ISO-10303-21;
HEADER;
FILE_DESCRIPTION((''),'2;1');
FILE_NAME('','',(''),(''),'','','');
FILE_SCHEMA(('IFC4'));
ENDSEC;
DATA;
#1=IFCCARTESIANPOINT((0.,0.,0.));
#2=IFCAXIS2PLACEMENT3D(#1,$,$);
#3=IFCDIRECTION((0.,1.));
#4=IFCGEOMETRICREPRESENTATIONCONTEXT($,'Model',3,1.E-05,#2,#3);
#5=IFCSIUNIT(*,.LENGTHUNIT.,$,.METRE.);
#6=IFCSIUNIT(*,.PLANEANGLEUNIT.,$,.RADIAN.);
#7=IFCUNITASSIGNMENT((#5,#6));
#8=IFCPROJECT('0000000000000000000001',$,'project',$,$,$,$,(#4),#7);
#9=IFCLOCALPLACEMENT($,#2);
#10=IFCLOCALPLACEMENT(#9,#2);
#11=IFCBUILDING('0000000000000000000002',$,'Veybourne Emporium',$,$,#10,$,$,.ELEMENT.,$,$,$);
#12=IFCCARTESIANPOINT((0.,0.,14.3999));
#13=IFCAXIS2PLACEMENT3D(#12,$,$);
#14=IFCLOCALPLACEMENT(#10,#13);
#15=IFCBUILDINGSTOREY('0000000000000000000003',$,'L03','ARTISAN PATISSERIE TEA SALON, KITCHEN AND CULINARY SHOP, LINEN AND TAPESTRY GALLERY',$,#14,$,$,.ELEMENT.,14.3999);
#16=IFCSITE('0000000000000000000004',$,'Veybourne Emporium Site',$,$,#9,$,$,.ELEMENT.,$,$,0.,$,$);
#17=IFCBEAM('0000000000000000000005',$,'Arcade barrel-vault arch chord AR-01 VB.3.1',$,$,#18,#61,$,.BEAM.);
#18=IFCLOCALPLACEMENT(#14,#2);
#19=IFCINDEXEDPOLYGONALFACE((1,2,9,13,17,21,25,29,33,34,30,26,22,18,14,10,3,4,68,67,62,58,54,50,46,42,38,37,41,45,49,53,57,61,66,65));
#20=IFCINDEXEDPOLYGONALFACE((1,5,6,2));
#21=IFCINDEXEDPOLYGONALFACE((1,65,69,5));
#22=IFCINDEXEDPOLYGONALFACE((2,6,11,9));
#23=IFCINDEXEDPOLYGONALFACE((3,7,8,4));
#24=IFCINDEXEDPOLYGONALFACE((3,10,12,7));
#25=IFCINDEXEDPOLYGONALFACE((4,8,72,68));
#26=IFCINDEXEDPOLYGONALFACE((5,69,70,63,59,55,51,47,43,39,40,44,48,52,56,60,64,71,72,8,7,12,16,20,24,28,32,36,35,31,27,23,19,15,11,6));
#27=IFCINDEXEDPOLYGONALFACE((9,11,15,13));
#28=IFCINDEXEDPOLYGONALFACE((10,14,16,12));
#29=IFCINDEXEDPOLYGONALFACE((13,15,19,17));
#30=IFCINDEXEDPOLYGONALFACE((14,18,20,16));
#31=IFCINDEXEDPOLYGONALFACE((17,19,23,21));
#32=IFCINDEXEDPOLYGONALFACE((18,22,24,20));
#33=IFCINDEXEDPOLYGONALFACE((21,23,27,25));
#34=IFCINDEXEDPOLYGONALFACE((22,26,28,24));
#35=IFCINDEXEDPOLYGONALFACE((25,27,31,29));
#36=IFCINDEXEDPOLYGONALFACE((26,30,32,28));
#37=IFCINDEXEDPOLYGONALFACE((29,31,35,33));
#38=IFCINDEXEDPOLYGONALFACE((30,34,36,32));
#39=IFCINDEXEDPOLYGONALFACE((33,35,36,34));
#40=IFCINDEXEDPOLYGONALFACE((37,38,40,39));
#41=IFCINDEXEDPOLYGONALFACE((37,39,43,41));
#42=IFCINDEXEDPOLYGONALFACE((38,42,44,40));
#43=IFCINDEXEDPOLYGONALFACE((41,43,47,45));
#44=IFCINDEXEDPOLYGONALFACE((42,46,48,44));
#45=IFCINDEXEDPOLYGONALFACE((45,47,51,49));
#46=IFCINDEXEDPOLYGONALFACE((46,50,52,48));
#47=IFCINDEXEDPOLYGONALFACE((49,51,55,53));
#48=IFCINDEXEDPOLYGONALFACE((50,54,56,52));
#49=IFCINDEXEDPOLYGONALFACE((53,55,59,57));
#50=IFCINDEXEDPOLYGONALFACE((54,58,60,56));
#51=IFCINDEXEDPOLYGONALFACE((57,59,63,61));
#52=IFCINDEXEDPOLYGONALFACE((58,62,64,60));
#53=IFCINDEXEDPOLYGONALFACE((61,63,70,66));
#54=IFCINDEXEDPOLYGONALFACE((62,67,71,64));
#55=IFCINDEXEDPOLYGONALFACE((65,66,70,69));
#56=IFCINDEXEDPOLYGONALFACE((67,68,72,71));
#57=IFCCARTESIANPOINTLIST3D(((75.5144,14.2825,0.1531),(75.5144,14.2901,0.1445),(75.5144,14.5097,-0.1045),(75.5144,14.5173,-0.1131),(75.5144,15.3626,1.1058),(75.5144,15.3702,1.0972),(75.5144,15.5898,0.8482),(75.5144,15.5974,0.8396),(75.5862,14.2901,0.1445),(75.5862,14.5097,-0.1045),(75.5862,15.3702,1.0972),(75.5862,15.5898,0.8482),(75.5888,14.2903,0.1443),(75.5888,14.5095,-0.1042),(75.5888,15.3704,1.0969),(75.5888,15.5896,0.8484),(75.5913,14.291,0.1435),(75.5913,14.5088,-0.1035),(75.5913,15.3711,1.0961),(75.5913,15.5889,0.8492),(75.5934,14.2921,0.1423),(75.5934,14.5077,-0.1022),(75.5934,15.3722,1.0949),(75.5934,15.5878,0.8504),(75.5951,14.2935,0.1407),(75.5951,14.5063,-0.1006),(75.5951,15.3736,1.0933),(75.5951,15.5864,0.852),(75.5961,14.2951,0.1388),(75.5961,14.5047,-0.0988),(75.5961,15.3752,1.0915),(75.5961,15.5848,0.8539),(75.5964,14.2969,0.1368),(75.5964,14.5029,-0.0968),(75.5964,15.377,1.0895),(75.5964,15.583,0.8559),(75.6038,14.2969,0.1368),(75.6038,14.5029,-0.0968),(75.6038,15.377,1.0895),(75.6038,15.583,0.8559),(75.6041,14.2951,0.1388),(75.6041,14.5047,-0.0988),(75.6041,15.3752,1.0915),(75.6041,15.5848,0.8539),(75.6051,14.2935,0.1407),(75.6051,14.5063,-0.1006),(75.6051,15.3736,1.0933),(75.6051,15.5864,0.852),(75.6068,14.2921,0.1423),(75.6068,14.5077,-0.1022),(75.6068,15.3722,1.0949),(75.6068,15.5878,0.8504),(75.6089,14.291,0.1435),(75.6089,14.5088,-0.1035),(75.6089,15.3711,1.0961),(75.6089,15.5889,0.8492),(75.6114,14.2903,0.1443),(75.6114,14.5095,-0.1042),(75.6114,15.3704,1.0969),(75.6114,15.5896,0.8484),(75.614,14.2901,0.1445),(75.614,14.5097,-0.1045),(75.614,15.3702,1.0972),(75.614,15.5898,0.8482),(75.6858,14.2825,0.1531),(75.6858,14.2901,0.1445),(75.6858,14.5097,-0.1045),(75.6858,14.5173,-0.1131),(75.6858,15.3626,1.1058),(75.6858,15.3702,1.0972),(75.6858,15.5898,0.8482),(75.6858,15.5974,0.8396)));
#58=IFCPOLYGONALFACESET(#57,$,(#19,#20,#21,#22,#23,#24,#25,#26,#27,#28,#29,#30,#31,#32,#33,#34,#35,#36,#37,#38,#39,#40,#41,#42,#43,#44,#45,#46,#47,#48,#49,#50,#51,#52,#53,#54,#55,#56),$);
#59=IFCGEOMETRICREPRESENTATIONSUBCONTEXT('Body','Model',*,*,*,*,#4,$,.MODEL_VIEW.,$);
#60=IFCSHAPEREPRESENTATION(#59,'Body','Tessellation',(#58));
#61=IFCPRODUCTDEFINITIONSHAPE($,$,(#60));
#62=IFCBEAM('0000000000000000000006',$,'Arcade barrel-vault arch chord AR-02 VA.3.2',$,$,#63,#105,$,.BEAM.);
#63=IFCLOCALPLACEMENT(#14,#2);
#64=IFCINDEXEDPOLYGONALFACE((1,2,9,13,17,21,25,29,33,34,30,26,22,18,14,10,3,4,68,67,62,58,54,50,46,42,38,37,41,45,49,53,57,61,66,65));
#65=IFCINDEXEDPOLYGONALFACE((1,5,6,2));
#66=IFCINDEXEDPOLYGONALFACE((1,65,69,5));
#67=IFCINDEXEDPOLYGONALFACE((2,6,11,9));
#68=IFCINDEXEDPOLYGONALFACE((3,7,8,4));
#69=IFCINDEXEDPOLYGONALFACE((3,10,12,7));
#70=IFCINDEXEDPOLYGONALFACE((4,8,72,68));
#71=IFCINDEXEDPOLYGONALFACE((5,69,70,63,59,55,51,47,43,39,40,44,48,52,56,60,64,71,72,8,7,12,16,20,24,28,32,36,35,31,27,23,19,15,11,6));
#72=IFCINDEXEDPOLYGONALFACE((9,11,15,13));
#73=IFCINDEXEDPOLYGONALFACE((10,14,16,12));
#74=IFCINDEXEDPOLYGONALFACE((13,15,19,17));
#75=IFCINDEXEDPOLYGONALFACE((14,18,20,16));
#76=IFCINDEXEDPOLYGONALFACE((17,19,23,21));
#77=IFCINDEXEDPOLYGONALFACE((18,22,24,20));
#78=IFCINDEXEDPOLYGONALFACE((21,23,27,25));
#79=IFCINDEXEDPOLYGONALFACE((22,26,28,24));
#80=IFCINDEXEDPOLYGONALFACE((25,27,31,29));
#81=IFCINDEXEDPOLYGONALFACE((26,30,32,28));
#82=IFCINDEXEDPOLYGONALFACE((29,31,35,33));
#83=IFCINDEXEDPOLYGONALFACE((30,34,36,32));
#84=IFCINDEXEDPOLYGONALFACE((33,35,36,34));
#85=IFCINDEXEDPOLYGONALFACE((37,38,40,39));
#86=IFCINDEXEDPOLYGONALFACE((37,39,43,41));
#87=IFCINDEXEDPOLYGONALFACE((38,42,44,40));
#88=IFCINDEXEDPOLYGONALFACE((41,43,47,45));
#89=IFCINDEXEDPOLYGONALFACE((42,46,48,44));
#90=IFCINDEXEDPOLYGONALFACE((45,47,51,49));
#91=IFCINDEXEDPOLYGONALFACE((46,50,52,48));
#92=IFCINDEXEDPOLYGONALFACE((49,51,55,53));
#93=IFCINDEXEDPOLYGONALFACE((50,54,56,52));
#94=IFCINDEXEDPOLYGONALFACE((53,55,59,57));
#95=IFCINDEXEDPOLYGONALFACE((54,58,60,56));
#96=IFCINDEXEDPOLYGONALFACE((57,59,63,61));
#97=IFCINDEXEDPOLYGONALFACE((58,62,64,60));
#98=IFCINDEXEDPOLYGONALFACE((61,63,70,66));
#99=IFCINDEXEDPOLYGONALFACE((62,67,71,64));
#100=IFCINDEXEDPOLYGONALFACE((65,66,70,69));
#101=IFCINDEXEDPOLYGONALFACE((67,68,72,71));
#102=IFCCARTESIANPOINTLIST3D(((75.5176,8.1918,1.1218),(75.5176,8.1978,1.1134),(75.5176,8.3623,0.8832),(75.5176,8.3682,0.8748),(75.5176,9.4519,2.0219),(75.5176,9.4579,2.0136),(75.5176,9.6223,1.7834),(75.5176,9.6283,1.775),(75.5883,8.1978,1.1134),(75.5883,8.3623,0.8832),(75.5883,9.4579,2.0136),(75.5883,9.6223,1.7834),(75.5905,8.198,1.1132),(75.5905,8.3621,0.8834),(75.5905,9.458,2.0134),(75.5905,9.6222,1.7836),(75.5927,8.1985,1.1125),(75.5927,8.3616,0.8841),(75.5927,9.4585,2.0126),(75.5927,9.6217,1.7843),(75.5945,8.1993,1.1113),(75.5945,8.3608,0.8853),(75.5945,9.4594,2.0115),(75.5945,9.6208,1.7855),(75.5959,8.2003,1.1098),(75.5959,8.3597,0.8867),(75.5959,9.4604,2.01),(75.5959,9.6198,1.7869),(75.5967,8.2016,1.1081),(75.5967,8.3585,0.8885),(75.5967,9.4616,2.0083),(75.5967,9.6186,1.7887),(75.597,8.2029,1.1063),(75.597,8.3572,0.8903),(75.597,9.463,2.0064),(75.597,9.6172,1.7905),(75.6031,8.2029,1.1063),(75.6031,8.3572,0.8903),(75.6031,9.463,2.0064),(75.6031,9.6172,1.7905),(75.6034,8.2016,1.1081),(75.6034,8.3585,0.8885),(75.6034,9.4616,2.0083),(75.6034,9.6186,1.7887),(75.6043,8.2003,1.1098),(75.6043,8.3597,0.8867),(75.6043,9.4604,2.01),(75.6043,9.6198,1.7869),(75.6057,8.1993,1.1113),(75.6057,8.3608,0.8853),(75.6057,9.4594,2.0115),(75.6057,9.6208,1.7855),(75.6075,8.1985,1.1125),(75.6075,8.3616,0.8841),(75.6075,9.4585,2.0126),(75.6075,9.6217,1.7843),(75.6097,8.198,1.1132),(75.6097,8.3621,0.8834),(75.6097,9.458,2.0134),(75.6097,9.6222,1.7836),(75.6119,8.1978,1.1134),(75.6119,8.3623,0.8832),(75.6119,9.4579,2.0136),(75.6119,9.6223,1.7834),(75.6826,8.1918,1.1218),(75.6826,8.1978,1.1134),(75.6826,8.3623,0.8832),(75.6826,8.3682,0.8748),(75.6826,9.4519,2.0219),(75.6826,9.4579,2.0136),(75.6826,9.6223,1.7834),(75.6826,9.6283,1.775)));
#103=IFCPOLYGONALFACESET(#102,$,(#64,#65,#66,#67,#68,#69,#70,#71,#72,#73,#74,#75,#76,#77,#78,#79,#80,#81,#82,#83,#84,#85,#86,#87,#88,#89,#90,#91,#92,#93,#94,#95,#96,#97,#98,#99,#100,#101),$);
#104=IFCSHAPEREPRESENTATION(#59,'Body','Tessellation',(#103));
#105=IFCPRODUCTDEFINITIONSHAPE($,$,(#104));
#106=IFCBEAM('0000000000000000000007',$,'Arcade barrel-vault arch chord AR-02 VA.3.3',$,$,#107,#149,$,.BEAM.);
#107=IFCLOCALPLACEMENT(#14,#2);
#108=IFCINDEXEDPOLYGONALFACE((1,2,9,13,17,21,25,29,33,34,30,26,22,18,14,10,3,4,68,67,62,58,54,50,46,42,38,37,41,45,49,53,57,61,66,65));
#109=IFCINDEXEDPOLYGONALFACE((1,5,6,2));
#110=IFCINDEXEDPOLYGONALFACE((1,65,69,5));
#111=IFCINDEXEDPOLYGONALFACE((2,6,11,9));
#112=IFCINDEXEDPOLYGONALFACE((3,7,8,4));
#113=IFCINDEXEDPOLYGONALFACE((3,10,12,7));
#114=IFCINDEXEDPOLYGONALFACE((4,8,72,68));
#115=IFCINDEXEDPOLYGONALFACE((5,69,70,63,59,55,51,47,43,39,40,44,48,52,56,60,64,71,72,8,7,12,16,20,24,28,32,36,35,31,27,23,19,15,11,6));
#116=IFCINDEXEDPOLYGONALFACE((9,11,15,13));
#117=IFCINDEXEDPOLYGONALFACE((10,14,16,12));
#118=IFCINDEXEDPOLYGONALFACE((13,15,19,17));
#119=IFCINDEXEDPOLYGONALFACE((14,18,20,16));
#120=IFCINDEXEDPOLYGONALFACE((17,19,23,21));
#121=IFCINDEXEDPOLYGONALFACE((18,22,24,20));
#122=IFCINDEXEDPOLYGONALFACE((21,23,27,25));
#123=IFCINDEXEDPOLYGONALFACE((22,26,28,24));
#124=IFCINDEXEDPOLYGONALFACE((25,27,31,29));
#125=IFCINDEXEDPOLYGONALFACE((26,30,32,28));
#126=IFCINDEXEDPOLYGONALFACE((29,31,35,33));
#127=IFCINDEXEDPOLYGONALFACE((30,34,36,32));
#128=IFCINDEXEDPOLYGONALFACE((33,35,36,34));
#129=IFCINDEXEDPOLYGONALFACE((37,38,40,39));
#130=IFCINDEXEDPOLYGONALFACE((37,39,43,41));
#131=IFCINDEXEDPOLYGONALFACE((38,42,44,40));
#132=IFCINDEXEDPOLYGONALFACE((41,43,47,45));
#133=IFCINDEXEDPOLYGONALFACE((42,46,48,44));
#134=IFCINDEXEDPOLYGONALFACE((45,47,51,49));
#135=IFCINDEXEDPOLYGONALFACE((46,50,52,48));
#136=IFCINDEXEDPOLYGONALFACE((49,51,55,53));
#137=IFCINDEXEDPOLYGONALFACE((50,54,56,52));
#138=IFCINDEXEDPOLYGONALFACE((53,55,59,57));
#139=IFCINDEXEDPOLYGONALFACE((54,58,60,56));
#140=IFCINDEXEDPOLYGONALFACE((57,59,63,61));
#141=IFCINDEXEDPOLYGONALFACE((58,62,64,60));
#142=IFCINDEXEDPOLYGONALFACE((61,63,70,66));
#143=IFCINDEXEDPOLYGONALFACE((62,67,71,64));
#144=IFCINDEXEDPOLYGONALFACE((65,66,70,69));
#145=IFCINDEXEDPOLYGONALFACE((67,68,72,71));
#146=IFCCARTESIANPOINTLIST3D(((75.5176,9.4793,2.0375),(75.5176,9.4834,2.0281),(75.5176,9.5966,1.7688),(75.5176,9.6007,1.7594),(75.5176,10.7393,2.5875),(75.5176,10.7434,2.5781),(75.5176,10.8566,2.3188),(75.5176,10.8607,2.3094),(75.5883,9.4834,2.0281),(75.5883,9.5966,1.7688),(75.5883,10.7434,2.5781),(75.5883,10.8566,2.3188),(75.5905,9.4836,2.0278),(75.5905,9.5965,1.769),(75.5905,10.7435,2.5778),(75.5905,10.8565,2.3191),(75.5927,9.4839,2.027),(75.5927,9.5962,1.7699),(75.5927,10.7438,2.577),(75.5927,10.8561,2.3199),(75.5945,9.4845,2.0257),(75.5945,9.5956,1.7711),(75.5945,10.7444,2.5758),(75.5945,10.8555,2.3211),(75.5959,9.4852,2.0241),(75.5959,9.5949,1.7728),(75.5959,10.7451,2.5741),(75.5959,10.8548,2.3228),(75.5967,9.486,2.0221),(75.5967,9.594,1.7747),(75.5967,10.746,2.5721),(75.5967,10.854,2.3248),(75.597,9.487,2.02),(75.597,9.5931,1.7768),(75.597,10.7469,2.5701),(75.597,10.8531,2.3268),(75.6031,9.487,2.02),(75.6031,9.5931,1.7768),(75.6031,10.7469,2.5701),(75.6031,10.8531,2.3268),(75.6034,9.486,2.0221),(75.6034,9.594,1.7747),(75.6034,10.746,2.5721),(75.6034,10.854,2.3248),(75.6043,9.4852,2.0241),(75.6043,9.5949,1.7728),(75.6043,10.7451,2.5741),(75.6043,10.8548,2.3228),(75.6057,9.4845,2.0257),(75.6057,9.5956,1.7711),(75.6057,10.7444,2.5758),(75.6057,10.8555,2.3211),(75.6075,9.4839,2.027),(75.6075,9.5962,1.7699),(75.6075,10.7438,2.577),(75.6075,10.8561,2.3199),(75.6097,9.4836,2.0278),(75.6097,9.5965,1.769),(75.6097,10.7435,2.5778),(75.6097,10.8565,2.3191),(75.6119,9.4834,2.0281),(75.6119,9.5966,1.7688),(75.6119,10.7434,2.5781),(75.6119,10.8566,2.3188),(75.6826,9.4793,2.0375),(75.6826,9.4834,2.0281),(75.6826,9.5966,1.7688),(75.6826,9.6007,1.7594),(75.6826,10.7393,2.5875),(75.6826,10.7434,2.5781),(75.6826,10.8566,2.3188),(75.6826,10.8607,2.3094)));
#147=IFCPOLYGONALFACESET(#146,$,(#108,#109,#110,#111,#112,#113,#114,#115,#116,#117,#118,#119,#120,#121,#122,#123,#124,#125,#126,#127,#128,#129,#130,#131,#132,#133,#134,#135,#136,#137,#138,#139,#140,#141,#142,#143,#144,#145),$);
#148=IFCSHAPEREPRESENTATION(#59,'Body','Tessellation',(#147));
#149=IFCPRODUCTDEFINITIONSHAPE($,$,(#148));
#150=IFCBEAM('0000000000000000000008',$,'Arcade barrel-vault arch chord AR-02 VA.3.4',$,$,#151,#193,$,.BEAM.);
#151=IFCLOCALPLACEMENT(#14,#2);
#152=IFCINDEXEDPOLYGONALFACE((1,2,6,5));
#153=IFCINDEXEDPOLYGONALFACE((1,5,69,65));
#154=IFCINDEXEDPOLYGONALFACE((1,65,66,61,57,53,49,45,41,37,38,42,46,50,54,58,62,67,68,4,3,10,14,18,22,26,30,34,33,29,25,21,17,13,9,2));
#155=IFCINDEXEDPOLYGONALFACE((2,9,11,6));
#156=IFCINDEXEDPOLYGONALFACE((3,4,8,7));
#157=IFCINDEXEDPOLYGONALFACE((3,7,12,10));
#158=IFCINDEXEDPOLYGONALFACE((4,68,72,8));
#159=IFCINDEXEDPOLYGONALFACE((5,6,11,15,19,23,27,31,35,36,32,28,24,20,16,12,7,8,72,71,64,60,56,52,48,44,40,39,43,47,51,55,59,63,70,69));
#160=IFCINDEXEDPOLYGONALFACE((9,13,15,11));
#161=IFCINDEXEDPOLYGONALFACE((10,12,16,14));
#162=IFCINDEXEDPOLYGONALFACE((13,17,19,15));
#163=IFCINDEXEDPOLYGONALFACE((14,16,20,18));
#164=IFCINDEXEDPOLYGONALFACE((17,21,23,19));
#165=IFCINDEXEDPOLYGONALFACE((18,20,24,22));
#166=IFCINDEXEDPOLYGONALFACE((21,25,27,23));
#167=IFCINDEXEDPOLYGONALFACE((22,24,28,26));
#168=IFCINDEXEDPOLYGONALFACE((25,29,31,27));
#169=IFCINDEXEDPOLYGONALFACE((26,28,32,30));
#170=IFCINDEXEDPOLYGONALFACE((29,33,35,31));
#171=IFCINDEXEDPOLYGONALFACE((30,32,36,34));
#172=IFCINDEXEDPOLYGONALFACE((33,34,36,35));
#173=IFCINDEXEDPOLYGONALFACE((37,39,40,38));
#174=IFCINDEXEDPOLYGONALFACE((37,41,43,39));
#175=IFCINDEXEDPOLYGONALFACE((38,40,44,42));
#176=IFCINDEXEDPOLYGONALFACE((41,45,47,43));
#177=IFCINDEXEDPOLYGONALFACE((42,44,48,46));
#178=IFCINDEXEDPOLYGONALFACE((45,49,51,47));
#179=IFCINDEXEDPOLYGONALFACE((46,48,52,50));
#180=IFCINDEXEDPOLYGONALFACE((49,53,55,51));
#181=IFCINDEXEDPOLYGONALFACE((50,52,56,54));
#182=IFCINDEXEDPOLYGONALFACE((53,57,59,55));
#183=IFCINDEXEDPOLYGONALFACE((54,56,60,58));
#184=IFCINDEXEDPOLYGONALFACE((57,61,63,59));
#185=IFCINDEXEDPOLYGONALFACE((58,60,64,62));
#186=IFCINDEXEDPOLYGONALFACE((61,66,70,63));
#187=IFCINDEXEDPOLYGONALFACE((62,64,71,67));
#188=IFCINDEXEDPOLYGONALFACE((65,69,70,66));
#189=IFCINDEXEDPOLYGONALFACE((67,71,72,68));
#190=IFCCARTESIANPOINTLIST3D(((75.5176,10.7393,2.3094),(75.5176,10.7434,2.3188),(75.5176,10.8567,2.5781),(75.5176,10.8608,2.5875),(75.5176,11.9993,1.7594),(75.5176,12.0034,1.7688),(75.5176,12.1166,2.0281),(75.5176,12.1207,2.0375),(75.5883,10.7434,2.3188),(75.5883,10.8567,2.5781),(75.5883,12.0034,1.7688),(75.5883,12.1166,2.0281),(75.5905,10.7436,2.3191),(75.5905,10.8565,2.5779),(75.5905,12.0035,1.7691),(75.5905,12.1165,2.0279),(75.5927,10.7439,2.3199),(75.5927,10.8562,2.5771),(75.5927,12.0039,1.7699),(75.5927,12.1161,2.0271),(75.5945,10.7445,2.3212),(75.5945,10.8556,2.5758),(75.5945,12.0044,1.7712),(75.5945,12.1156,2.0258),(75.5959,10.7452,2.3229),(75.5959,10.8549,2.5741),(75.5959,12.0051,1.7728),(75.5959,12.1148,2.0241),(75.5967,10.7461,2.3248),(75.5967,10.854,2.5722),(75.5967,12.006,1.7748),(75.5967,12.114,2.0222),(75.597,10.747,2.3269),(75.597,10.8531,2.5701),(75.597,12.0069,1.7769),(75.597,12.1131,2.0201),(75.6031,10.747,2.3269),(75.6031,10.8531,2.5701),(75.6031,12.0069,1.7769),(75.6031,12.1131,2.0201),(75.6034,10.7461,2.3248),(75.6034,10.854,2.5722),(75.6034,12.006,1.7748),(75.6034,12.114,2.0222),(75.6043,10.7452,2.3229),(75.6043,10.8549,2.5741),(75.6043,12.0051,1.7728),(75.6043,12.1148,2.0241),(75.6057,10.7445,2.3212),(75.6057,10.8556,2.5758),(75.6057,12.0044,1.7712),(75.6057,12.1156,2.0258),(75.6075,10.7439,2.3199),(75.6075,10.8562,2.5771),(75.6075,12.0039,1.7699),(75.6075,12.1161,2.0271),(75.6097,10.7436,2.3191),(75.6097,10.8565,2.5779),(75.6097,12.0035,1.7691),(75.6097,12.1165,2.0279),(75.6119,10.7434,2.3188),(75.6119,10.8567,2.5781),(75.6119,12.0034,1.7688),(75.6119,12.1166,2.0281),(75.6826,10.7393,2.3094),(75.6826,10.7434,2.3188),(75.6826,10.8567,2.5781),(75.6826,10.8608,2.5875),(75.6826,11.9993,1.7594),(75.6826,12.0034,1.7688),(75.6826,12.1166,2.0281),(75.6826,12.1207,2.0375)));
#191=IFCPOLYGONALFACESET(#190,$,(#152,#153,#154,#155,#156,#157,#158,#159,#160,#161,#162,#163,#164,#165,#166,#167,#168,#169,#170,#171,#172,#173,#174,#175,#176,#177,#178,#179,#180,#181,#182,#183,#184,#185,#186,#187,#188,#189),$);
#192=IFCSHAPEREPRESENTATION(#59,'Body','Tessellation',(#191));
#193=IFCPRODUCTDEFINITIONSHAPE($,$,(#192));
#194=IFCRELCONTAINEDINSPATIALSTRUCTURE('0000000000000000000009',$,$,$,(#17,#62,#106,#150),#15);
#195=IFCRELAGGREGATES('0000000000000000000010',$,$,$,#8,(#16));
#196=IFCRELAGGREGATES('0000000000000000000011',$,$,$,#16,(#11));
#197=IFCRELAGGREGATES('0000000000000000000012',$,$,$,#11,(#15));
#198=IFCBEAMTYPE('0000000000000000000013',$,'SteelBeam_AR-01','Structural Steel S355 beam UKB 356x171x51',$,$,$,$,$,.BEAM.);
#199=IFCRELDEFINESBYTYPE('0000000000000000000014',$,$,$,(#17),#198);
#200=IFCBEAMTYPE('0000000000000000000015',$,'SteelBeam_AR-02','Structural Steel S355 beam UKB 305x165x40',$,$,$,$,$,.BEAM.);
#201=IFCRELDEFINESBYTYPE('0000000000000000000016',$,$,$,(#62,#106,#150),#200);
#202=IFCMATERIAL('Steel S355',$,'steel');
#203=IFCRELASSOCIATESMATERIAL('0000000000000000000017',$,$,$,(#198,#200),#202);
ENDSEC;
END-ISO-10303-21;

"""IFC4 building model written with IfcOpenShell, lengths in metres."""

from ifc_helpers import new_model, si_unit, direction, frame, origin, origin_2d, place, context, subcontext, project, spatial, i_section, extrude, material, material_profile, profile_set, type_object, element, save


model = new_model("IFC4")

# Units and contexts
model_context = context("Model", 3, precision=1e-05, world=origin(), true_north=direction((0.0, 1.0)))
body_context = subcontext(model_context, "Body", "Model", "MODEL_VIEW")
ifc_project = project(units=[si_unit("LENGTHUNIT", "METRE"), si_unit("PLANEANGLEUNIT", "RADIAN")], contexts=[model_context])

# Site, building, storey
site_placement = place(None, origin())
site = spatial("IfcSite", under=ifc_project, at=site_placement, Name="Veybourne Emporium Site", CompositionType="ELEMENT", RefElevation=0.0)
building_placement = place(site_placement, origin())
building = spatial("IfcBuilding", under=site, at=building_placement, Name="Veybourne Emporium", CompositionType="ELEMENT")
storey_placement = place(building_placement, frame((0.0, 0.0, 14.3999)))
storey = spatial("IfcBuildingStorey", under=building, at=storey_placement, Name="L03", Description="ARTISAN PATISSERIE TEA SALON, KITCHEN AND CULINARY SHOP, LINEN AND TAPESTRY GALLERY", CompositionType="ELEMENT", Elevation=14.3999)

# Beams
ifc_material_1 = material(Name="Steel S355", Category="steel")
ifc_material_profile_1 = material_profile(ifc_material_1, i_section(OverallWidth=0.1714, OverallDepth=0.355, WebThickness=0.0073, FlangeThickness=0.0115, FilletRadius=0.0103, at=origin_2d()), Name="UKB 356x171x51")
ifc_profile_set_1 = profile_set([ifc_material_profile_1], Name="Steel S355")
beam_type_1 = type_object("IfcBeamType", Name="SteelBeam_AR-01", Description="Structural Steel S355 beam UKB 356x171x51", PredefinedType="BEAM", material=ifc_profile_set_1)
for number, where, z_axis, x_axis, name in (
    (1, (75.6001, 14.3999, 0.02), (0.0, 0.749966, 0.661476), (-1.0, 0.0, 0.0), "Arcade barrel-vault arch chord AR-01 VB.3.1"),
):
    element("IfcBeam", number, at=place(storey_placement, frame(where, z_axis=z_axis, x_axis=x_axis)), inside=storey, type_object=beam_type_1, Name=name, PredefinedType="BEAM", context=body_context, shape_type="SweptSolid", body=[
        extrude(i_section(OverallWidth=0.1714, OverallDepth=0.355, WebThickness=0.0073, FlangeThickness=0.0115, FilletRadius=0.0103, at=origin_2d()), origin(), (0.0, 0.0, 1.0), 1.4402),
    ])
ifc_material_profile_2 = material_profile(ifc_material_1, i_section(OverallWidth=0.165, OverallDepth=0.3035, WebThickness=0.0061, FlangeThickness=0.0103, FilletRadius=0.0088, at=origin_2d()), Name="UKB 305x165x40")
ifc_profile_set_2 = profile_set([ifc_material_profile_2], Name="Steel S355")
beam_type_2 = type_object("IfcBeamType", Name="SteelBeam_AR-02", Description="Structural Steel S355 beam UKB 305x165x40", PredefinedType="BEAM", material=ifc_profile_set_2)
beam_1_placement = place(storey_placement, frame((75.6001, 8.28, 0.9983), z_axis=(0.0, 0.813691, 0.581298), x_axis=(-1.0, 0.0, 0.0)))
element("IfcBeam", 2, at=beam_1_placement, inside=storey, type_object=beam_type_2, Name="Arcade barrel-vault arch chord AR-02 VA.3.2", PredefinedType="BEAM", context=body_context, shape_type="SweptSolid", body=[
    extrude(i_section(OverallWidth=0.165, OverallDepth=0.3035, WebThickness=0.0061, FlangeThickness=0.0103, FilletRadius=0.0088, at=origin_2d()), origin(), (0.0, 0.0, 1.0), 1.5486),
])
for number, where, z_axis, x_axis, name in (
    (3, (75.6001, 9.54, 1.8984), (0.0, 0.916479, 0.400083), (-1.0, 0.0, 0.0), "Arcade barrel-vault arch chord AR-02 VA.3.3"),
    (4, (75.6001, 10.8, 2.4485), (0.0, 0.916479, -0.400083), (-1.0, 0.0, 0.0), "Arcade barrel-vault arch chord AR-02 VA.3.4"),
):
    element("IfcBeam", number, at=place(storey_placement, frame(where, z_axis=z_axis, x_axis=x_axis)), inside=storey, type_object=beam_type_2, Name=name, PredefinedType="BEAM", context=body_context, shape_type="SweptSolid", body=[
        extrude(i_section(OverallWidth=0.165, OverallDepth=0.3035, WebThickness=0.0061, FlangeThickness=0.0103, FilletRadius=0.0088, at=origin_2d()), origin(), (0.0, 0.0, 1.0), 1.3748),
    ])

save(model, "model.ifc")
